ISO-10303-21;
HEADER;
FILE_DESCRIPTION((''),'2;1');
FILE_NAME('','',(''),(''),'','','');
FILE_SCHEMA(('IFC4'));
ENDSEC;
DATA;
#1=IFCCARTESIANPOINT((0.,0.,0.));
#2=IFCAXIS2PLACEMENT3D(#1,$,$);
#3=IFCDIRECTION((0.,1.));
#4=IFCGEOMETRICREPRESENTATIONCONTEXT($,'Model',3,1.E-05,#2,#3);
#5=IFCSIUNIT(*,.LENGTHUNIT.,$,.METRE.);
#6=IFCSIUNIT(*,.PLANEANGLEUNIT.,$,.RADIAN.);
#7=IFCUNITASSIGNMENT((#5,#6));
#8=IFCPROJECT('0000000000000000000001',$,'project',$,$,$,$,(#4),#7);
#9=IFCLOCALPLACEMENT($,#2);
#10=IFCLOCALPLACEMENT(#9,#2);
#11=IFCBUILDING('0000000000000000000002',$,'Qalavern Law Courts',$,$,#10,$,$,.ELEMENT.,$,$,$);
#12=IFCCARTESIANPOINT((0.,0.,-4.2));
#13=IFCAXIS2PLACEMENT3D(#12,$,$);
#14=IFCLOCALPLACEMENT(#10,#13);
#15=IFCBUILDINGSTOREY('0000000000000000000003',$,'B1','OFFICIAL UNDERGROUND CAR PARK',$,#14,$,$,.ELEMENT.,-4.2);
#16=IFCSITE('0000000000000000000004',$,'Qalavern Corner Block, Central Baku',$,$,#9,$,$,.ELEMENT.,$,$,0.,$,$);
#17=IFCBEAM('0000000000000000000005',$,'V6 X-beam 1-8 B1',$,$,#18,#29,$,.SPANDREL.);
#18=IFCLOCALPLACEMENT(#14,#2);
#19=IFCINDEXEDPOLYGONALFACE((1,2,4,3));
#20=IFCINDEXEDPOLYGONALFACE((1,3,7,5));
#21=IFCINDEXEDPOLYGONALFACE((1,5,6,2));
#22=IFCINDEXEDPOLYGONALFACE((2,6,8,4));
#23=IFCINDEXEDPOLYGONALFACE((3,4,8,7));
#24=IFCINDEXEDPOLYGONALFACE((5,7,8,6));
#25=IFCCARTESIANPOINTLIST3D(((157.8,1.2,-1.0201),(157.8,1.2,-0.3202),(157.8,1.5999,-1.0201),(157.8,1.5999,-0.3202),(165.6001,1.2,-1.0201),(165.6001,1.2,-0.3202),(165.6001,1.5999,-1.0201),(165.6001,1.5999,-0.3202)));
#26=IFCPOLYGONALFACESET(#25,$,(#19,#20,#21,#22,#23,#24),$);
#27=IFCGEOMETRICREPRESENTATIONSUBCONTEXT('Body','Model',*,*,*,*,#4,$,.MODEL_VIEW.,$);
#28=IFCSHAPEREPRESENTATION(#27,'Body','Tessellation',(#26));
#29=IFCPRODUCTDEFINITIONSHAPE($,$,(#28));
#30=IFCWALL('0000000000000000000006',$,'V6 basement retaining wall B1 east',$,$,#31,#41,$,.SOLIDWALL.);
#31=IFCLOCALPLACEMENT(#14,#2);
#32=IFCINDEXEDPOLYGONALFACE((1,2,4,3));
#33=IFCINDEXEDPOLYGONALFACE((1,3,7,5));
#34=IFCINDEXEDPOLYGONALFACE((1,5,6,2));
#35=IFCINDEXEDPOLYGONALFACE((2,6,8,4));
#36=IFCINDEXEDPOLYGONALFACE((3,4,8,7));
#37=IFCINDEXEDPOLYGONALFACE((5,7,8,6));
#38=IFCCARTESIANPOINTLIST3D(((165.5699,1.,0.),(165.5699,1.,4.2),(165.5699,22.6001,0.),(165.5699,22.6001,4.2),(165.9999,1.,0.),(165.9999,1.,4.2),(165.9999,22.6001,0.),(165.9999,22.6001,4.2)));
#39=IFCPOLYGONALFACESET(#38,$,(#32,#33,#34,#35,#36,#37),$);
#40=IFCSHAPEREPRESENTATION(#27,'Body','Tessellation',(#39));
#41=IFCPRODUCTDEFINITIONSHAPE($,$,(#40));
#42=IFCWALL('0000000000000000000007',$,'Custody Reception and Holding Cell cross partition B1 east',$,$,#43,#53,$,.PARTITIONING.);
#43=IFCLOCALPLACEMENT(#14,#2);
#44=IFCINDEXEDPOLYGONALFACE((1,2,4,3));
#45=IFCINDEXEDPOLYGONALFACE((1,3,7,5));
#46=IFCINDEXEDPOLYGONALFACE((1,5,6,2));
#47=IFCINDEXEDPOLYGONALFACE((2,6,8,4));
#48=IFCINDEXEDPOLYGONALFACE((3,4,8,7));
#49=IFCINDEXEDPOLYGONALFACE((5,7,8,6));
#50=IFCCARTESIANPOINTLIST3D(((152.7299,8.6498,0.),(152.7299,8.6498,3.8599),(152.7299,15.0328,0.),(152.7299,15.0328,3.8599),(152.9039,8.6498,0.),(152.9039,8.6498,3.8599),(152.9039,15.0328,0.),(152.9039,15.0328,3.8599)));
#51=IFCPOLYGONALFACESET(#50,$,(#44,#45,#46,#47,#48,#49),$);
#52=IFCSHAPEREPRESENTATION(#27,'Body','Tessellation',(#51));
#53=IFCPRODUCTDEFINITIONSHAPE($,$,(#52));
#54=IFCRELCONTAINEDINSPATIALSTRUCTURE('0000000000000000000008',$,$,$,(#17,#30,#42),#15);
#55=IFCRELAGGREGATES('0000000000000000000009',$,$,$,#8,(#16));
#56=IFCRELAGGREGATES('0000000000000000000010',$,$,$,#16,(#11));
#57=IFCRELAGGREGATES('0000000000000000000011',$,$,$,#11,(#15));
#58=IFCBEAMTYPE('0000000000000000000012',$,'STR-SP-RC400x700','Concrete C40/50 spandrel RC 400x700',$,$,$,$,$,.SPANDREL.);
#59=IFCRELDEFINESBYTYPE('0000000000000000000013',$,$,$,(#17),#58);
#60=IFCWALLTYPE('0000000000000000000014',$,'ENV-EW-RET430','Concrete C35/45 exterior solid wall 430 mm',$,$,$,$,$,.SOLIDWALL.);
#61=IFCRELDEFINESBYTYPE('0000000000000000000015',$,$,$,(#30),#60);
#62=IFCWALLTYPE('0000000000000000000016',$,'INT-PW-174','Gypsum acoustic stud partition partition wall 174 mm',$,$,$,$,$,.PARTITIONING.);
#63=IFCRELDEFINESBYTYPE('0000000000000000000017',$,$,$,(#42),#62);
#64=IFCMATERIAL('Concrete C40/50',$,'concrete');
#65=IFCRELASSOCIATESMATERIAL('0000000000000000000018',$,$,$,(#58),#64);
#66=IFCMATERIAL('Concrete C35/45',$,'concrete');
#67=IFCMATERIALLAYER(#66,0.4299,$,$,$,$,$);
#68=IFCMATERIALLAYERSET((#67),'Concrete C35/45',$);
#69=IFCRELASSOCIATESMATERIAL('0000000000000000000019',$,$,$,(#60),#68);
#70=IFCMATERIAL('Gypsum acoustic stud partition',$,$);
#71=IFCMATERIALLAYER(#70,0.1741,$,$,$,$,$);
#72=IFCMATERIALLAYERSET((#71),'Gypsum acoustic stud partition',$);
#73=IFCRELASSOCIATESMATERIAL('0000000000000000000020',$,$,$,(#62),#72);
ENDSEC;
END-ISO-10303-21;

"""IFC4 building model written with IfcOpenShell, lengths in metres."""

from ifc_helpers import new_model, si_unit, direction, frame, frame_2d, origin, origin_2d, place, context, subcontext, project, spatial, rectangle, extrude, material, layer, layer_set, material_profile, profile_set, type_object, element, save


model = new_model("IFC4")

# Units and contexts
model_context = context("Model", 3, precision=1e-05, world=origin(), true_north=direction((0.0, 1.0)))
body_context = subcontext(model_context, "Body", "Model", "MODEL_VIEW")
ifc_project = project(units=[si_unit("LENGTHUNIT", "METRE"), si_unit("PLANEANGLEUNIT", "RADIAN")], contexts=[model_context])

# Site, building, storey
site_placement = place(None, origin())
site = spatial("IfcSite", under=ifc_project, at=site_placement, Name="Qalavern Corner Block, Central Baku", CompositionType="ELEMENT", RefElevation=0.0)
building_placement = place(site_placement, origin())
building = spatial("IfcBuilding", under=site, at=building_placement, Name="Qalavern Law Courts", CompositionType="ELEMENT")
storey_placement = place(building_placement, frame((0.0, 0.0, -4.2)))
storey = spatial("IfcBuildingStorey", under=building, at=storey_placement, Name="B1", Description="OFFICIAL UNDERGROUND CAR PARK", CompositionType="ELEMENT", Elevation=-4.2)

# Beam
ifc_material_1 = material(Name="Concrete C35/45", Category="concrete")
ifc_material_2 = material(Name="Concrete C40/50", Category="concrete")
ifc_material_profile_1 = material_profile(ifc_material_2, rectangle(XDim=0.3999, YDim=0.7, at=origin_2d()), Name="RC 400x700")
ifc_profile_set_1 = profile_set([ifc_material_profile_1], Name="Concrete C40/50")
beam_type_1 = type_object("IfcBeamType", Name="STR-SP-RC400x700", Description="Concrete C40/50 spandrel RC 400x700", PredefinedType="SPANDREL", material=ifc_profile_set_1)
beam_1_placement = place(storey_placement, frame((157.8, 1.3999, -0.6702), z_axis=(1.0, 0.0, 0.0), x_axis=(0.0, 1.0, 0.0)))
element("IfcBeam", 1, at=beam_1_placement, inside=storey, type_object=beam_type_1, Name="V6 X-beam 1-8 B1", PredefinedType="SPANDREL", context=body_context, shape_type="SweptSolid", body=[
    extrude(rectangle(XDim=0.3999, YDim=0.7, at=origin_2d()), origin(), (0.0, 0.0, 1.0), 7.8),
])

# Walls
ifc_layer_1 = layer(ifc_material_1, 0.4299)
ifc_layer_set_1 = layer_set([ifc_layer_1], Name="Concrete C35/45")
wall_type_1 = type_object("IfcWallType", Name="ENV-EW-RET430", Description="Concrete C35/45 exterior solid wall 430 mm", PredefinedType="SOLIDWALL", material=ifc_layer_set_1)
wall_1_placement = place(storey_placement, frame((165.7849, 1.0, 0.0), z_axis=(0.0, 0.0, 1.0), x_axis=(0.0, 1.0, 0.0)))
element("IfcWall", 2, at=wall_1_placement, inside=storey, type_object=wall_type_1, Name="V6 basement retaining wall B1 east", PredefinedType="SOLIDWALL", context=body_context, shape_type="SweptSolid", body=[
    extrude(rectangle(XDim=21.6001, YDim=0.4299, at=frame_2d((10.8, 0.0))), origin(), (0.0, 0.0, 1.0), 4.2),
])
ifc_material_3 = material(Name="Gypsum acoustic stud partition")
ifc_layer_2 = layer(ifc_material_3, 0.1741)
ifc_layer_set_2 = layer_set([ifc_layer_2], Name="Gypsum acoustic stud partition")
wall_type_2 = type_object("IfcWallType", Name="INT-PW-174", Description="Gypsum acoustic stud partition partition wall 174 mm", PredefinedType="PARTITIONING", material=ifc_layer_set_2)
wall_2_placement = place(storey_placement, frame((152.8169, 8.6499, 0.0), z_axis=(0.0, 0.0, 1.0), x_axis=(0.0, 1.0, 0.0)))
element("IfcWall", 3, at=wall_2_placement, inside=storey, type_object=wall_type_2, Name="Custody Reception and Holding Cell cross partition B1 east", PredefinedType="PARTITIONING", context=body_context, shape_type="SweptSolid", body=[
    extrude(rectangle(XDim=6.3831, YDim=0.1741, at=frame_2d((3.1914, 0.0))), origin(), (0.0, 0.0, 1.0), 3.8599),
])

save(model, "model.ifc")
